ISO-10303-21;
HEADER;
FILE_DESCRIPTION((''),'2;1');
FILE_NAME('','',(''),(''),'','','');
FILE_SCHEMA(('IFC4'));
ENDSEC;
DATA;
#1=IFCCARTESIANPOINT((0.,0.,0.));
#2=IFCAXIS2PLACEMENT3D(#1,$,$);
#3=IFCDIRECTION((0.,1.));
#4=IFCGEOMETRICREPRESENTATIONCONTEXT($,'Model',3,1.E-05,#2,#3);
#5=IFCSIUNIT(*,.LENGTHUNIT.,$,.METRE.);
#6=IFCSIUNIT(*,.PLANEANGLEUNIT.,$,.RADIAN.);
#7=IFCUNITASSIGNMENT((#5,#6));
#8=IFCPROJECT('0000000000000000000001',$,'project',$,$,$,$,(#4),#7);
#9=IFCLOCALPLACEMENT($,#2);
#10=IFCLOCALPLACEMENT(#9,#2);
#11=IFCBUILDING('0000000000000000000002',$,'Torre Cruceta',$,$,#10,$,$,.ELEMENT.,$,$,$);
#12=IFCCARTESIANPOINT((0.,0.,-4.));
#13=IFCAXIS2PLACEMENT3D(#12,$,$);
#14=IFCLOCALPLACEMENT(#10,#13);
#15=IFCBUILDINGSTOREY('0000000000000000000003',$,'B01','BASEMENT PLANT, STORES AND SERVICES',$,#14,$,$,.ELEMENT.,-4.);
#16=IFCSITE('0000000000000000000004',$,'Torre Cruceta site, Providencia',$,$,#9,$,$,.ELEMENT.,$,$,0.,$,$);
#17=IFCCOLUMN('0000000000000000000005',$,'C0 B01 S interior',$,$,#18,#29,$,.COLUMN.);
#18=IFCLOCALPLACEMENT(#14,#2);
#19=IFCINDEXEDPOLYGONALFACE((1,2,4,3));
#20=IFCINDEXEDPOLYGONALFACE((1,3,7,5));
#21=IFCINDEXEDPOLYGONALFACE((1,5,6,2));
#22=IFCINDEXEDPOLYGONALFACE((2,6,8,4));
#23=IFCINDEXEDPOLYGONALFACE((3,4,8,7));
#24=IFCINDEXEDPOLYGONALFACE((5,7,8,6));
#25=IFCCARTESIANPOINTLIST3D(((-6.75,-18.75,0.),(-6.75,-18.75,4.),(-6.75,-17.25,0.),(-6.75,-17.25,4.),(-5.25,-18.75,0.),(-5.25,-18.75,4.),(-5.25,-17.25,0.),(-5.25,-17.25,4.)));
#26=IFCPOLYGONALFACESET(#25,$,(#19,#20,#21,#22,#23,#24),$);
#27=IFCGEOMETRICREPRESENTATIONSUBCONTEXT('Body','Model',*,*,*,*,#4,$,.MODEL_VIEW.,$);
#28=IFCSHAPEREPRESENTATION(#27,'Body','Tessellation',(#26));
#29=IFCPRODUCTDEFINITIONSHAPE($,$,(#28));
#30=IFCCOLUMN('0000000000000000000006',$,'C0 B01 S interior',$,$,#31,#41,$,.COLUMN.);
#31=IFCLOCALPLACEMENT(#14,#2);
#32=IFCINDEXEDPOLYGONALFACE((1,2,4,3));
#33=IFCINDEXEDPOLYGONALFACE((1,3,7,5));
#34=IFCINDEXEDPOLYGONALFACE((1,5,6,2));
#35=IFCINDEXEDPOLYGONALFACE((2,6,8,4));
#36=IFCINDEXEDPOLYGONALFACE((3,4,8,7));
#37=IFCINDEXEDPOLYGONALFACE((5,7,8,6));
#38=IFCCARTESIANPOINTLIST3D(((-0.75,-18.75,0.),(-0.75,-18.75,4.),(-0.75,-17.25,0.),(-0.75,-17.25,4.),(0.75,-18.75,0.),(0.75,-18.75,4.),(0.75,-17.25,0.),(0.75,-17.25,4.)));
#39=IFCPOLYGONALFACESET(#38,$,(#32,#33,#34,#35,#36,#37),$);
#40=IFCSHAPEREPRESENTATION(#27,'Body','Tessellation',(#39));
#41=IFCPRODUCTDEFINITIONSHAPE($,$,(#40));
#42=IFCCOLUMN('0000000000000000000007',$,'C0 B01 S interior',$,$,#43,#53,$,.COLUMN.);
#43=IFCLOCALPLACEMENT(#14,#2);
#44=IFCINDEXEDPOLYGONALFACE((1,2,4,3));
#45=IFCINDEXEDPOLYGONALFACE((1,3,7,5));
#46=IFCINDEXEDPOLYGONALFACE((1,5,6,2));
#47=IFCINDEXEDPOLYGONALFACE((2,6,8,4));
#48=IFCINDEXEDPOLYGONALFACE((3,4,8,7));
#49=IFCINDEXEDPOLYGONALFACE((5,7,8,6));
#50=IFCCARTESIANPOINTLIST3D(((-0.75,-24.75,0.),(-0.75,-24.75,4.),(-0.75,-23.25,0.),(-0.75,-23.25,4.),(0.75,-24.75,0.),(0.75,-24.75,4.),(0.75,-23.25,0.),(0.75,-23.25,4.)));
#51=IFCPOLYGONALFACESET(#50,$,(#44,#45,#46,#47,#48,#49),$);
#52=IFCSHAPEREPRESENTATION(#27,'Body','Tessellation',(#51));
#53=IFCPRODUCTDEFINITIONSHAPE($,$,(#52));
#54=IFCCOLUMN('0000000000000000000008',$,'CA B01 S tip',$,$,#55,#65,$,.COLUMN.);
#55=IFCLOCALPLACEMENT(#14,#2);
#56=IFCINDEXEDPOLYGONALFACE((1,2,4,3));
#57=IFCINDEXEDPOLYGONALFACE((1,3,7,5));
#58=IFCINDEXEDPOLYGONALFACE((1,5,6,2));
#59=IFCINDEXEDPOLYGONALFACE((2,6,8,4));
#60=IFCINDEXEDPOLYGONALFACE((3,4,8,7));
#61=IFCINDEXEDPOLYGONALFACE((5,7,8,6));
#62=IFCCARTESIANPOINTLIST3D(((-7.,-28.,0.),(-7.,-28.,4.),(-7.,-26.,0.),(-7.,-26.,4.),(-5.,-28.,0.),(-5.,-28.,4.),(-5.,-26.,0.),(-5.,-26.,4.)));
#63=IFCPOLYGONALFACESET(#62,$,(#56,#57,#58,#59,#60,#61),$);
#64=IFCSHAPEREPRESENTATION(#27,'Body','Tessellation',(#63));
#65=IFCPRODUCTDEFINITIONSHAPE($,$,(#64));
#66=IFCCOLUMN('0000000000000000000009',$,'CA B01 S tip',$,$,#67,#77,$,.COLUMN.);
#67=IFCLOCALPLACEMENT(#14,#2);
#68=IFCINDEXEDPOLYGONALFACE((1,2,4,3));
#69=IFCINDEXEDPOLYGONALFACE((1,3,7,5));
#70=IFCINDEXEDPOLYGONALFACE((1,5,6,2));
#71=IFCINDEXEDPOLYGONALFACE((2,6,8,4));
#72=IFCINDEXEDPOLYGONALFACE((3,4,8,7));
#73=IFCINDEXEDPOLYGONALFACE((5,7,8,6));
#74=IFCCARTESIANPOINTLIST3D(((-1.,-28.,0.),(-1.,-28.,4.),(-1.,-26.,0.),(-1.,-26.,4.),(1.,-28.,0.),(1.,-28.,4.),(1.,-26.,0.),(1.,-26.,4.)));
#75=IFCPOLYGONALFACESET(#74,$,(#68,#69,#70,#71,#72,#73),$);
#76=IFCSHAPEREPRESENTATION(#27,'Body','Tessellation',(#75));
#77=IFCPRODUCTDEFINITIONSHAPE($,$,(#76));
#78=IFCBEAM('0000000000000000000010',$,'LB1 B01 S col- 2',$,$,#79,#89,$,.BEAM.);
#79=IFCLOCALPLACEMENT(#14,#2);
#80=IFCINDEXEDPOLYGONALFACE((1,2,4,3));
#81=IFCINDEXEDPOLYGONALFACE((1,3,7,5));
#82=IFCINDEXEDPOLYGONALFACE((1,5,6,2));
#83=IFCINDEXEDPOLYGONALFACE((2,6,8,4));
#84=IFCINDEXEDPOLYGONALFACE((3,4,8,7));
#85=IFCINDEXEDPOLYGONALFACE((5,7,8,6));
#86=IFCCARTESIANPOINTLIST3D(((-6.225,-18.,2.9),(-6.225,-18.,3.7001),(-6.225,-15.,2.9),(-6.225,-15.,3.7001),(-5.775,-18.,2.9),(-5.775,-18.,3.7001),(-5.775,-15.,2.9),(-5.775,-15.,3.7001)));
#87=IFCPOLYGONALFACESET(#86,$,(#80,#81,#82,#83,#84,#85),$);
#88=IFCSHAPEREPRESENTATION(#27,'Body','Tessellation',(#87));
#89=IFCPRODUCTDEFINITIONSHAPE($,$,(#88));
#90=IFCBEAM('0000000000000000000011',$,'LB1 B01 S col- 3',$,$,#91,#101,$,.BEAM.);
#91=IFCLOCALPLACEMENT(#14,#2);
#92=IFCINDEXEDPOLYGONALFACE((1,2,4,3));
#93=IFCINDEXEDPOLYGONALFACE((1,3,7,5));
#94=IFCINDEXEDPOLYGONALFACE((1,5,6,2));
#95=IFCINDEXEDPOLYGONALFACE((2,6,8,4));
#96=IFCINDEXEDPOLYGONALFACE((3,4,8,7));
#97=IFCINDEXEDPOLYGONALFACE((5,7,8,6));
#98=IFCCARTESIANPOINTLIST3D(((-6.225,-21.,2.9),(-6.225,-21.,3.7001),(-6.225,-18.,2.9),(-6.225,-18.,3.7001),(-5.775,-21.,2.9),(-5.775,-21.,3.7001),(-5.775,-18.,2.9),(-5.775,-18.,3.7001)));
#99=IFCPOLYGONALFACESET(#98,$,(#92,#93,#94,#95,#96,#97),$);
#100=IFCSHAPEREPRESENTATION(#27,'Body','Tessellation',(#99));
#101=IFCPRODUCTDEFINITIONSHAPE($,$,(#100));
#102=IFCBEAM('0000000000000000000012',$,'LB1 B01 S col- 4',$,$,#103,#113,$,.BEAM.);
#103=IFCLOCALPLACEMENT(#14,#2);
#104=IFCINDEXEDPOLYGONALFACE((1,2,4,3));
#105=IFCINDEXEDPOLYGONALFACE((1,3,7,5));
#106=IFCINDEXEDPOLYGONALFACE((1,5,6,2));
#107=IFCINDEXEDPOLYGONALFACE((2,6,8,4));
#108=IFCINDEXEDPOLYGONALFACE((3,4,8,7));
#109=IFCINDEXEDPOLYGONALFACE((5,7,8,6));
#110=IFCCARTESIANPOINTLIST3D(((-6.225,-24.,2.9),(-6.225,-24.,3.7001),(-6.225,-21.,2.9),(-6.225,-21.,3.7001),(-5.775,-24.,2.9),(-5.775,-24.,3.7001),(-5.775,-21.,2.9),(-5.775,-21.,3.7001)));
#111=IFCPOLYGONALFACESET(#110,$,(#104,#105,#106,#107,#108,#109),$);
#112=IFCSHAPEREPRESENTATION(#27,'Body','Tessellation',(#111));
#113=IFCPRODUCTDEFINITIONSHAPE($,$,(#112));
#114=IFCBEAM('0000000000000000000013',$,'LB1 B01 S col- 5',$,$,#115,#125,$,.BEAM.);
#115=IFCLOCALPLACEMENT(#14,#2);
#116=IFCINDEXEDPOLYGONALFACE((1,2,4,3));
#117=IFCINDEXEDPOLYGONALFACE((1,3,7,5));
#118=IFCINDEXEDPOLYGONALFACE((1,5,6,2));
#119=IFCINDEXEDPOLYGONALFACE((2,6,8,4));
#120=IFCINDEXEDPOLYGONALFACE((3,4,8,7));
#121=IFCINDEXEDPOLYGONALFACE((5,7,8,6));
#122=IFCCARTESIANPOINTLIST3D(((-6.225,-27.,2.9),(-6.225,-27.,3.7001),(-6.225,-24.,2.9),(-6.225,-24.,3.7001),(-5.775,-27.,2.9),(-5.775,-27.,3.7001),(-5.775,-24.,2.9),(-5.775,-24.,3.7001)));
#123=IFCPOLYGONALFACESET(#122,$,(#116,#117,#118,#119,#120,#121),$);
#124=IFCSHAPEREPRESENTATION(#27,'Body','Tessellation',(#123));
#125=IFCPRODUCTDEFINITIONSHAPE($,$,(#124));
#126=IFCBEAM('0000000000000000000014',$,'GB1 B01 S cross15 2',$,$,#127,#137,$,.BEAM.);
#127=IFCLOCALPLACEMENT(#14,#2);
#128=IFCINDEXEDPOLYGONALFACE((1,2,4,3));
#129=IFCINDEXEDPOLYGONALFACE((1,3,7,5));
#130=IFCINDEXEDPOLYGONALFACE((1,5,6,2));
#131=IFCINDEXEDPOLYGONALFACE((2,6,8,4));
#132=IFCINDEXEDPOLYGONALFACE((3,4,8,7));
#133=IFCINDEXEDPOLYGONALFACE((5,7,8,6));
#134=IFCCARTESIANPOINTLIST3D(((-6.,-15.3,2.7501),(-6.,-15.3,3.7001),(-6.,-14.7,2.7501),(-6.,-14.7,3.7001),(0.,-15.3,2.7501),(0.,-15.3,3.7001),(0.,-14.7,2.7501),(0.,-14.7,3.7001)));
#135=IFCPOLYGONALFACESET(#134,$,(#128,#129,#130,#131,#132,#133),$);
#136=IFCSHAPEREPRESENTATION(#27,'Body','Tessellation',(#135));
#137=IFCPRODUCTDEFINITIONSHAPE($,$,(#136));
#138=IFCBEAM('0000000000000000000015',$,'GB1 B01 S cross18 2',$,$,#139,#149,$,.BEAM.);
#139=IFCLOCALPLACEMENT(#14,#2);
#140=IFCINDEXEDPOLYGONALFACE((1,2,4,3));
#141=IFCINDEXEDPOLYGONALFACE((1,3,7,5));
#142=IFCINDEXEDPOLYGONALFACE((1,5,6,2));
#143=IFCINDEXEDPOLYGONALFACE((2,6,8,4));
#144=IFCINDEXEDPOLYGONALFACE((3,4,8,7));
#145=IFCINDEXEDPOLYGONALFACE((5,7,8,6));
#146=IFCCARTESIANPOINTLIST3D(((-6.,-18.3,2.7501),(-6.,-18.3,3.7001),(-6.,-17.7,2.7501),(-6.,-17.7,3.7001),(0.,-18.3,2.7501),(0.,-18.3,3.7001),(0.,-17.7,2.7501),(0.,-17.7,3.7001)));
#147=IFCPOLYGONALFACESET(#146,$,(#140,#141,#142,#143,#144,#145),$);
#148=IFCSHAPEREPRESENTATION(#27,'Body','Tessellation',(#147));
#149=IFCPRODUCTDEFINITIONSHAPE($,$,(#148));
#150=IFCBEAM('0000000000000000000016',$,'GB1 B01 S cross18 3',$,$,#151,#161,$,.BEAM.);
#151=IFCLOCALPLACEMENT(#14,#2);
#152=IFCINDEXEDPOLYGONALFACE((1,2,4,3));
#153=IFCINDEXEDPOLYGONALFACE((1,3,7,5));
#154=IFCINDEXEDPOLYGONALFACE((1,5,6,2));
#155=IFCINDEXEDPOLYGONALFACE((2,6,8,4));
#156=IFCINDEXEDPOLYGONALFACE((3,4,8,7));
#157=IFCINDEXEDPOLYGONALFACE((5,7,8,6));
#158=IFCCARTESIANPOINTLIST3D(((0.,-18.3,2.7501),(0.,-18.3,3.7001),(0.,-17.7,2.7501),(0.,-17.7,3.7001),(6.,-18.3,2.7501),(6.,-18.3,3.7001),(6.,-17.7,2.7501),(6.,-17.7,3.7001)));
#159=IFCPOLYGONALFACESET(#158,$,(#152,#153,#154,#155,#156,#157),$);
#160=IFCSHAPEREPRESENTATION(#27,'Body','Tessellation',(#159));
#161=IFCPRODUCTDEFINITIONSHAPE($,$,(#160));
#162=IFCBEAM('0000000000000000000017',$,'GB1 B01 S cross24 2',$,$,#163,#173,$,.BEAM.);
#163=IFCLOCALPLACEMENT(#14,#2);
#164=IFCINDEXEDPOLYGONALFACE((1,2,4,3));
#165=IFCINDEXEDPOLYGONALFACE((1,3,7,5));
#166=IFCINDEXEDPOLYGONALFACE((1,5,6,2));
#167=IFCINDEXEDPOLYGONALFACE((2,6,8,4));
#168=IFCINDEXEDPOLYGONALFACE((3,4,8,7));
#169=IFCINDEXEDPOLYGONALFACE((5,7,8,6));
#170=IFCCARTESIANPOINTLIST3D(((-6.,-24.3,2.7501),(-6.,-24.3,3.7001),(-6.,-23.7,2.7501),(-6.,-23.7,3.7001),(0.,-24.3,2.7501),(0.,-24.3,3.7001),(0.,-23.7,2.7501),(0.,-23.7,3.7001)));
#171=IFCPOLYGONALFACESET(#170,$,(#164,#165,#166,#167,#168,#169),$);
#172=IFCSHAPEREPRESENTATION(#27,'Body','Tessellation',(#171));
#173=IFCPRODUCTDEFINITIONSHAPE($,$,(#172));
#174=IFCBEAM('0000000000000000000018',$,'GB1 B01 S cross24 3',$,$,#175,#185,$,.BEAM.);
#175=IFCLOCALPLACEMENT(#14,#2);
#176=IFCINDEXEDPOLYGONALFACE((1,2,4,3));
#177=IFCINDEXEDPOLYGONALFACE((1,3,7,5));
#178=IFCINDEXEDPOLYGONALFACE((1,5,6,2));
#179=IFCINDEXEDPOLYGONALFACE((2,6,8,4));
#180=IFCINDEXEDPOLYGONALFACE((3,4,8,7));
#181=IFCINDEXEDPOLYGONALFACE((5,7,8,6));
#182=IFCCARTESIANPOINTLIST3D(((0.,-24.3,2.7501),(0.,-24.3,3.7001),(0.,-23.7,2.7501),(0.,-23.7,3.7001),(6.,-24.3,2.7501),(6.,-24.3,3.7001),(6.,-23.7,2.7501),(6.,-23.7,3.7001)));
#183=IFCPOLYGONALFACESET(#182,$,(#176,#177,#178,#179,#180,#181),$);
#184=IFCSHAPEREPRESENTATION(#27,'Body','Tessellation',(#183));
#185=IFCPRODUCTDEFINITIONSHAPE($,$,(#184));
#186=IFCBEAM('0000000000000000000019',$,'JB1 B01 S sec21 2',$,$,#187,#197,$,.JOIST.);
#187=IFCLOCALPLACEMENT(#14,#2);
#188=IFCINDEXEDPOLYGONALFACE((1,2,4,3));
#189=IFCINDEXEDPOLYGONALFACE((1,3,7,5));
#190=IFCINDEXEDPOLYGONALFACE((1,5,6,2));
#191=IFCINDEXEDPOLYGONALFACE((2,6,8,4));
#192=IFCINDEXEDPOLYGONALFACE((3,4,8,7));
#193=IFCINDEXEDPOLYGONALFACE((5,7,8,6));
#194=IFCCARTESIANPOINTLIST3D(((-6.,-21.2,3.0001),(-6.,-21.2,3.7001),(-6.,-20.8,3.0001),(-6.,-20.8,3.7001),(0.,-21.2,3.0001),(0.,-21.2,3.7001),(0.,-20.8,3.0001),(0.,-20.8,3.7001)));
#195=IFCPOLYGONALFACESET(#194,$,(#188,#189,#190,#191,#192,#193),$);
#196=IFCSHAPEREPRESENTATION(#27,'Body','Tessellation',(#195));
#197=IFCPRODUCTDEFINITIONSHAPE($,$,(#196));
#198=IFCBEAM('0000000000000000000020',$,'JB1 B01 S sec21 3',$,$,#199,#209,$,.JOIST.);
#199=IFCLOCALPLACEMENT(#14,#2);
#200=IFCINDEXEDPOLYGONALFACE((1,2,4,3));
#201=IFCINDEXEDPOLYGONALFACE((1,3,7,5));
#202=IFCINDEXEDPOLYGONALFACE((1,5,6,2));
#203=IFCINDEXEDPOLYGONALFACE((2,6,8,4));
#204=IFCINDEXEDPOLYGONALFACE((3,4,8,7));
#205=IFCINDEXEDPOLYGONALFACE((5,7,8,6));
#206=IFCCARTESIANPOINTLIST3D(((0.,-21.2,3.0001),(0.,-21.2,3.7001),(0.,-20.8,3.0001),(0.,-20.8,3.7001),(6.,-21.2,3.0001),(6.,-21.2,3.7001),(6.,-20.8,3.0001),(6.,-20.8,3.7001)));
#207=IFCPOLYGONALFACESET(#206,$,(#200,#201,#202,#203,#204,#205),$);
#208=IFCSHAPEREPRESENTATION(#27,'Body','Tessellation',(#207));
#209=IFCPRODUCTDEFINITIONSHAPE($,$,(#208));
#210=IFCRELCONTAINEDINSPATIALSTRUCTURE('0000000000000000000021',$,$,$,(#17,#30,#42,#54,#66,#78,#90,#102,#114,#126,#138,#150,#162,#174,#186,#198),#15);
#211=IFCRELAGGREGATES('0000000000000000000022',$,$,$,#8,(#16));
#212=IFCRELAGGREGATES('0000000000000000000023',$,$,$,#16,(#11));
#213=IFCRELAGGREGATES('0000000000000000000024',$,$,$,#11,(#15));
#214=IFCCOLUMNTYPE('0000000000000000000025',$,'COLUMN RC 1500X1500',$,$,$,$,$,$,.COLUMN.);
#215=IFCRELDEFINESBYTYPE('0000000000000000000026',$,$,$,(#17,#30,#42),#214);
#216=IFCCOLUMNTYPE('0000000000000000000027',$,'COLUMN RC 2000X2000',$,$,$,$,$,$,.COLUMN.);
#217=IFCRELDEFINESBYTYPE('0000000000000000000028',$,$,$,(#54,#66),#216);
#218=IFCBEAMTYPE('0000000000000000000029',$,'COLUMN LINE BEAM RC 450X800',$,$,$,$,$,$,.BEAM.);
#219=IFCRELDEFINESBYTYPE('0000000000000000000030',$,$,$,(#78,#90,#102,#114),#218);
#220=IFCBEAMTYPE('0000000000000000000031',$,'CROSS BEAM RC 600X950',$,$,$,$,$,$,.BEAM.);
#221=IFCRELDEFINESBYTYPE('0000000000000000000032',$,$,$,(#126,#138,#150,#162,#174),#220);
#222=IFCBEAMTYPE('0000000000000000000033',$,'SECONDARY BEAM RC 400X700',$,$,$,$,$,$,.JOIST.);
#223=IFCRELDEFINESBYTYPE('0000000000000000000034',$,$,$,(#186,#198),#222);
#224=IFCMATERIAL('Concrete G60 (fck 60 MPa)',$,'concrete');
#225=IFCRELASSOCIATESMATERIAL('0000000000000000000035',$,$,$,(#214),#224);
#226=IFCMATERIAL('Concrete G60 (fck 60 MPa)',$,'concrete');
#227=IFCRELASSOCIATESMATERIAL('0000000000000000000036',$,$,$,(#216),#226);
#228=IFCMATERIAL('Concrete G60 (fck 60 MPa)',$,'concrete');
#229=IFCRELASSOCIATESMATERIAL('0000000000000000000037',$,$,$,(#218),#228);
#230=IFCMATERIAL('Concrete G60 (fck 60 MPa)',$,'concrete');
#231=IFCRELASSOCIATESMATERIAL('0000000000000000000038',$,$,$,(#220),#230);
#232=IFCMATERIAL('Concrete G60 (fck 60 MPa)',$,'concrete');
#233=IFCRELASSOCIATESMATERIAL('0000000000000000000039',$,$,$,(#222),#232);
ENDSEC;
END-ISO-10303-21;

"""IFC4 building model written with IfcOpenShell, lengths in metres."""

from ifc_helpers import new_model, si_unit, direction, frame, origin, origin_2d, place, context, subcontext, project, spatial, rectangle, extrude, material, material_profile, profile_set, type_object, element, save


model = new_model("IFC4")

# Units and contexts
model_context = context("Model", 3, precision=1e-05, world=origin(), true_north=direction((0.0, 1.0)))
body_context = subcontext(model_context, "Body", "Model", "MODEL_VIEW")
ifc_project = project(units=[si_unit("LENGTHUNIT", "METRE"), si_unit("PLANEANGLEUNIT", "RADIAN")], contexts=[model_context])

# Site, building, storey
site_placement = place(None, origin())
site = spatial("IfcSite", under=ifc_project, at=site_placement, Name="Torre Cruceta site, Providencia", CompositionType="ELEMENT", RefElevation=0.0)
building_placement = place(site_placement, origin())
building = spatial("IfcBuilding", under=site, at=building_placement, Name="Torre Cruceta", CompositionType="ELEMENT")
storey_placement = place(building_placement, frame((0.0, 0.0, -4.0)))
storey = spatial("IfcBuildingStorey", under=building, at=storey_placement, Name="B01", Description="BASEMENT PLANT, STORES AND SERVICES", CompositionType="ELEMENT", Elevation=-4.0)

# Columns
ifc_material_1 = material(Name="Concrete G60 (fck 60 MPa)", Category="concrete")
ifc_material_profile_1 = material_profile(ifc_material_1, rectangle(XDim=1.5, YDim=1.5, at=origin_2d()), Name="RC 1500X1500")
ifc_profile_set_1 = profile_set([ifc_material_profile_1], Name="Concrete G60 (fck 60 MPa)")
column_type_1 = type_object("IfcColumnType", Name="COLUMN RC 1500X1500", PredefinedType="COLUMN", material=ifc_profile_set_1)
for number, where, z_axis, x_axis, name in (
    (1, (-6.0, -18.0, 0.0), (0.0, 0.0, 1.0), (1.0, 0.0, 0.0), "C0 B01 S interior"),
    (2, (0.0, -18.0, 0.0), (0.0, 0.0, 1.0), (1.0, 0.0, 0.0), "C0 B01 S interior"),
    (3, (0.0, -24.0, 0.0), (0.0, 0.0, 1.0), (1.0, 0.0, 0.0), "C0 B01 S interior"),
):
    element("IfcColumn", number, at=place(storey_placement, frame(where, z_axis=z_axis, x_axis=x_axis)), inside=storey, type_object=column_type_1, Name=name, PredefinedType="COLUMN", context=body_context, shape_type="SweptSolid", body=[
        extrude(rectangle(XDim=1.5, YDim=1.5, at=origin_2d()), origin(), (0.0, 0.0, 1.0), 4.0),
    ])
ifc_material_2 = material(Name="Concrete G60 (fck 60 MPa)", Category="concrete")
ifc_material_profile_2 = material_profile(ifc_material_2, rectangle(XDim=2.0, YDim=2.0, at=origin_2d()), Name="RC 2000X2000")
ifc_profile_set_2 = profile_set([ifc_material_profile_2], Name="Concrete G60 (fck 60 MPa)")
column_type_2 = type_object("IfcColumnType", Name="COLUMN RC 2000X2000", PredefinedType="COLUMN", material=ifc_profile_set_2)
for number, where, z_axis, x_axis, name in (
    (4, (-6.0, -27.0, 0.0), (0.0, 0.0, 1.0), (1.0, 0.0, 0.0), "CA B01 S tip"),
    (5, (0.0, -27.0, 0.0), (0.0, 0.0, 1.0), (1.0, 0.0, 0.0), "CA B01 S tip"),
):
    element("IfcColumn", number, at=place(storey_placement, frame(where, z_axis=z_axis, x_axis=x_axis)), inside=storey, type_object=column_type_2, Name=name, PredefinedType="COLUMN", context=body_context, shape_type="SweptSolid", body=[
        extrude(rectangle(XDim=2.0, YDim=2.0, at=origin_2d()), origin(), (0.0, 0.0, 1.0), 4.0),
    ])

# Beams
ifc_material_3 = material(Name="Concrete G60 (fck 60 MPa)", Category="concrete")
ifc_material_profile_3 = material_profile(ifc_material_3, rectangle(XDim=0.45, YDim=0.8, at=origin_2d()), Name="RC 450X800")
ifc_profile_set_3 = profile_set([ifc_material_profile_3], Name="Concrete G60 (fck 60 MPa)")
beam_type_1 = type_object("IfcBeamType", Name="COLUMN LINE BEAM RC 450X800", PredefinedType="BEAM", material=ifc_profile_set_3)
for number, where, z_axis, x_axis, name in (
    (6, (-6.0, -15.0, 3.3), (0.0, -1.0, 0.0), (1.0, 0.0, 0.0), "LB1 B01 S col- 2"),
    (7, (-6.0, -18.0, 3.3), (0.0, -1.0, 0.0), (1.0, 0.0, 0.0), "LB1 B01 S col- 3"),
    (8, (-6.0, -21.0, 3.3), (0.0, -1.0, 0.0), (1.0, 0.0, 0.0), "LB1 B01 S col- 4"),
    (9, (-6.0, -24.0, 3.3), (0.0, -1.0, 0.0), (1.0, 0.0, 0.0), "LB1 B01 S col- 5"),
):
    element("IfcBeam", number, at=place(storey_placement, frame(where, z_axis=z_axis, x_axis=x_axis)), inside=storey, type_object=beam_type_1, Name=name, PredefinedType="BEAM", context=body_context, shape_type="SweptSolid", body=[
        extrude(rectangle(XDim=0.45, YDim=0.8, at=origin_2d()), origin(), (0.0, 0.0, 1.0), 3.0),
    ])
ifc_material_4 = material(Name="Concrete G60 (fck 60 MPa)", Category="concrete")
ifc_material_profile_4 = material_profile(ifc_material_4, rectangle(XDim=0.6001, YDim=0.95, at=origin_2d()), Name="RC 600X950")
ifc_profile_set_4 = profile_set([ifc_material_profile_4], Name="Concrete G60 (fck 60 MPa)")
beam_type_2 = type_object("IfcBeamType", Name="CROSS BEAM RC 600X950", PredefinedType="BEAM", material=ifc_profile_set_4)
for number, where, z_axis, x_axis, name in (
    (10, (-6.0, -15.0, 3.2251), (1.0, 0.0, 0.0), (0.0, 1.0, 0.0), "GB1 B01 S cross15 2"),
    (11, (-6.0, -18.0, 3.2251), (1.0, 0.0, 0.0), (0.0, 1.0, 0.0), "GB1 B01 S cross18 2"),
    (12, (0.0, -18.0, 3.2251), (1.0, 0.0, 0.0), (0.0, 1.0, 0.0), "GB1 B01 S cross18 3"),
    (13, (-6.0, -24.0, 3.2251), (1.0, 0.0, 0.0), (0.0, 1.0, 0.0), "GB1 B01 S cross24 2"),
    (14, (0.0, -24.0, 3.2251), (1.0, 0.0, 0.0), (0.0, 1.0, 0.0), "GB1 B01 S cross24 3"),
):
    element("IfcBeam", number, at=place(storey_placement, frame(where, z_axis=z_axis, x_axis=x_axis)), inside=storey, type_object=beam_type_2, Name=name, PredefinedType="BEAM", context=body_context, shape_type="SweptSolid", body=[
        extrude(rectangle(XDim=0.6001, YDim=0.95, at=origin_2d()), origin(), (0.0, 0.0, 1.0), 6.0),
    ])
ifc_material_5 = material(Name="Concrete G60 (fck 60 MPa)", Category="concrete")
ifc_material_profile_5 = material_profile(ifc_material_5, rectangle(XDim=0.3999, YDim=0.7, at=origin_2d()), Name="RC 400X700")
ifc_profile_set_5 = profile_set([ifc_material_profile_5], Name="Concrete G60 (fck 60 MPa)")
beam_type_3 = type_object("IfcBeamType", Name="SECONDARY BEAM RC 400X700", PredefinedType="JOIST", material=ifc_profile_set_5)
for number, where, z_axis, x_axis, name in (
    (15, (-6.0, -21.0, 3.3501), (1.0, 0.0, 0.0), (0.0, 1.0, 0.0), "JB1 B01 S sec21 2"),
    (16, (0.0, -21.0, 3.3501), (1.0, 0.0, 0.0), (0.0, 1.0, 0.0), "JB1 B01 S sec21 3"),
):
    element("IfcBeam", number, at=place(storey_placement, frame(where, z_axis=z_axis, x_axis=x_axis)), inside=storey, type_object=beam_type_3, Name=name, PredefinedType="JOIST", context=body_context, shape_type="SweptSolid", body=[
        extrude(rectangle(XDim=0.3999, YDim=0.7, at=origin_2d()), origin(), (0.0, 0.0, 1.0), 6.0),
    ])

save(model, "model.ifc")
